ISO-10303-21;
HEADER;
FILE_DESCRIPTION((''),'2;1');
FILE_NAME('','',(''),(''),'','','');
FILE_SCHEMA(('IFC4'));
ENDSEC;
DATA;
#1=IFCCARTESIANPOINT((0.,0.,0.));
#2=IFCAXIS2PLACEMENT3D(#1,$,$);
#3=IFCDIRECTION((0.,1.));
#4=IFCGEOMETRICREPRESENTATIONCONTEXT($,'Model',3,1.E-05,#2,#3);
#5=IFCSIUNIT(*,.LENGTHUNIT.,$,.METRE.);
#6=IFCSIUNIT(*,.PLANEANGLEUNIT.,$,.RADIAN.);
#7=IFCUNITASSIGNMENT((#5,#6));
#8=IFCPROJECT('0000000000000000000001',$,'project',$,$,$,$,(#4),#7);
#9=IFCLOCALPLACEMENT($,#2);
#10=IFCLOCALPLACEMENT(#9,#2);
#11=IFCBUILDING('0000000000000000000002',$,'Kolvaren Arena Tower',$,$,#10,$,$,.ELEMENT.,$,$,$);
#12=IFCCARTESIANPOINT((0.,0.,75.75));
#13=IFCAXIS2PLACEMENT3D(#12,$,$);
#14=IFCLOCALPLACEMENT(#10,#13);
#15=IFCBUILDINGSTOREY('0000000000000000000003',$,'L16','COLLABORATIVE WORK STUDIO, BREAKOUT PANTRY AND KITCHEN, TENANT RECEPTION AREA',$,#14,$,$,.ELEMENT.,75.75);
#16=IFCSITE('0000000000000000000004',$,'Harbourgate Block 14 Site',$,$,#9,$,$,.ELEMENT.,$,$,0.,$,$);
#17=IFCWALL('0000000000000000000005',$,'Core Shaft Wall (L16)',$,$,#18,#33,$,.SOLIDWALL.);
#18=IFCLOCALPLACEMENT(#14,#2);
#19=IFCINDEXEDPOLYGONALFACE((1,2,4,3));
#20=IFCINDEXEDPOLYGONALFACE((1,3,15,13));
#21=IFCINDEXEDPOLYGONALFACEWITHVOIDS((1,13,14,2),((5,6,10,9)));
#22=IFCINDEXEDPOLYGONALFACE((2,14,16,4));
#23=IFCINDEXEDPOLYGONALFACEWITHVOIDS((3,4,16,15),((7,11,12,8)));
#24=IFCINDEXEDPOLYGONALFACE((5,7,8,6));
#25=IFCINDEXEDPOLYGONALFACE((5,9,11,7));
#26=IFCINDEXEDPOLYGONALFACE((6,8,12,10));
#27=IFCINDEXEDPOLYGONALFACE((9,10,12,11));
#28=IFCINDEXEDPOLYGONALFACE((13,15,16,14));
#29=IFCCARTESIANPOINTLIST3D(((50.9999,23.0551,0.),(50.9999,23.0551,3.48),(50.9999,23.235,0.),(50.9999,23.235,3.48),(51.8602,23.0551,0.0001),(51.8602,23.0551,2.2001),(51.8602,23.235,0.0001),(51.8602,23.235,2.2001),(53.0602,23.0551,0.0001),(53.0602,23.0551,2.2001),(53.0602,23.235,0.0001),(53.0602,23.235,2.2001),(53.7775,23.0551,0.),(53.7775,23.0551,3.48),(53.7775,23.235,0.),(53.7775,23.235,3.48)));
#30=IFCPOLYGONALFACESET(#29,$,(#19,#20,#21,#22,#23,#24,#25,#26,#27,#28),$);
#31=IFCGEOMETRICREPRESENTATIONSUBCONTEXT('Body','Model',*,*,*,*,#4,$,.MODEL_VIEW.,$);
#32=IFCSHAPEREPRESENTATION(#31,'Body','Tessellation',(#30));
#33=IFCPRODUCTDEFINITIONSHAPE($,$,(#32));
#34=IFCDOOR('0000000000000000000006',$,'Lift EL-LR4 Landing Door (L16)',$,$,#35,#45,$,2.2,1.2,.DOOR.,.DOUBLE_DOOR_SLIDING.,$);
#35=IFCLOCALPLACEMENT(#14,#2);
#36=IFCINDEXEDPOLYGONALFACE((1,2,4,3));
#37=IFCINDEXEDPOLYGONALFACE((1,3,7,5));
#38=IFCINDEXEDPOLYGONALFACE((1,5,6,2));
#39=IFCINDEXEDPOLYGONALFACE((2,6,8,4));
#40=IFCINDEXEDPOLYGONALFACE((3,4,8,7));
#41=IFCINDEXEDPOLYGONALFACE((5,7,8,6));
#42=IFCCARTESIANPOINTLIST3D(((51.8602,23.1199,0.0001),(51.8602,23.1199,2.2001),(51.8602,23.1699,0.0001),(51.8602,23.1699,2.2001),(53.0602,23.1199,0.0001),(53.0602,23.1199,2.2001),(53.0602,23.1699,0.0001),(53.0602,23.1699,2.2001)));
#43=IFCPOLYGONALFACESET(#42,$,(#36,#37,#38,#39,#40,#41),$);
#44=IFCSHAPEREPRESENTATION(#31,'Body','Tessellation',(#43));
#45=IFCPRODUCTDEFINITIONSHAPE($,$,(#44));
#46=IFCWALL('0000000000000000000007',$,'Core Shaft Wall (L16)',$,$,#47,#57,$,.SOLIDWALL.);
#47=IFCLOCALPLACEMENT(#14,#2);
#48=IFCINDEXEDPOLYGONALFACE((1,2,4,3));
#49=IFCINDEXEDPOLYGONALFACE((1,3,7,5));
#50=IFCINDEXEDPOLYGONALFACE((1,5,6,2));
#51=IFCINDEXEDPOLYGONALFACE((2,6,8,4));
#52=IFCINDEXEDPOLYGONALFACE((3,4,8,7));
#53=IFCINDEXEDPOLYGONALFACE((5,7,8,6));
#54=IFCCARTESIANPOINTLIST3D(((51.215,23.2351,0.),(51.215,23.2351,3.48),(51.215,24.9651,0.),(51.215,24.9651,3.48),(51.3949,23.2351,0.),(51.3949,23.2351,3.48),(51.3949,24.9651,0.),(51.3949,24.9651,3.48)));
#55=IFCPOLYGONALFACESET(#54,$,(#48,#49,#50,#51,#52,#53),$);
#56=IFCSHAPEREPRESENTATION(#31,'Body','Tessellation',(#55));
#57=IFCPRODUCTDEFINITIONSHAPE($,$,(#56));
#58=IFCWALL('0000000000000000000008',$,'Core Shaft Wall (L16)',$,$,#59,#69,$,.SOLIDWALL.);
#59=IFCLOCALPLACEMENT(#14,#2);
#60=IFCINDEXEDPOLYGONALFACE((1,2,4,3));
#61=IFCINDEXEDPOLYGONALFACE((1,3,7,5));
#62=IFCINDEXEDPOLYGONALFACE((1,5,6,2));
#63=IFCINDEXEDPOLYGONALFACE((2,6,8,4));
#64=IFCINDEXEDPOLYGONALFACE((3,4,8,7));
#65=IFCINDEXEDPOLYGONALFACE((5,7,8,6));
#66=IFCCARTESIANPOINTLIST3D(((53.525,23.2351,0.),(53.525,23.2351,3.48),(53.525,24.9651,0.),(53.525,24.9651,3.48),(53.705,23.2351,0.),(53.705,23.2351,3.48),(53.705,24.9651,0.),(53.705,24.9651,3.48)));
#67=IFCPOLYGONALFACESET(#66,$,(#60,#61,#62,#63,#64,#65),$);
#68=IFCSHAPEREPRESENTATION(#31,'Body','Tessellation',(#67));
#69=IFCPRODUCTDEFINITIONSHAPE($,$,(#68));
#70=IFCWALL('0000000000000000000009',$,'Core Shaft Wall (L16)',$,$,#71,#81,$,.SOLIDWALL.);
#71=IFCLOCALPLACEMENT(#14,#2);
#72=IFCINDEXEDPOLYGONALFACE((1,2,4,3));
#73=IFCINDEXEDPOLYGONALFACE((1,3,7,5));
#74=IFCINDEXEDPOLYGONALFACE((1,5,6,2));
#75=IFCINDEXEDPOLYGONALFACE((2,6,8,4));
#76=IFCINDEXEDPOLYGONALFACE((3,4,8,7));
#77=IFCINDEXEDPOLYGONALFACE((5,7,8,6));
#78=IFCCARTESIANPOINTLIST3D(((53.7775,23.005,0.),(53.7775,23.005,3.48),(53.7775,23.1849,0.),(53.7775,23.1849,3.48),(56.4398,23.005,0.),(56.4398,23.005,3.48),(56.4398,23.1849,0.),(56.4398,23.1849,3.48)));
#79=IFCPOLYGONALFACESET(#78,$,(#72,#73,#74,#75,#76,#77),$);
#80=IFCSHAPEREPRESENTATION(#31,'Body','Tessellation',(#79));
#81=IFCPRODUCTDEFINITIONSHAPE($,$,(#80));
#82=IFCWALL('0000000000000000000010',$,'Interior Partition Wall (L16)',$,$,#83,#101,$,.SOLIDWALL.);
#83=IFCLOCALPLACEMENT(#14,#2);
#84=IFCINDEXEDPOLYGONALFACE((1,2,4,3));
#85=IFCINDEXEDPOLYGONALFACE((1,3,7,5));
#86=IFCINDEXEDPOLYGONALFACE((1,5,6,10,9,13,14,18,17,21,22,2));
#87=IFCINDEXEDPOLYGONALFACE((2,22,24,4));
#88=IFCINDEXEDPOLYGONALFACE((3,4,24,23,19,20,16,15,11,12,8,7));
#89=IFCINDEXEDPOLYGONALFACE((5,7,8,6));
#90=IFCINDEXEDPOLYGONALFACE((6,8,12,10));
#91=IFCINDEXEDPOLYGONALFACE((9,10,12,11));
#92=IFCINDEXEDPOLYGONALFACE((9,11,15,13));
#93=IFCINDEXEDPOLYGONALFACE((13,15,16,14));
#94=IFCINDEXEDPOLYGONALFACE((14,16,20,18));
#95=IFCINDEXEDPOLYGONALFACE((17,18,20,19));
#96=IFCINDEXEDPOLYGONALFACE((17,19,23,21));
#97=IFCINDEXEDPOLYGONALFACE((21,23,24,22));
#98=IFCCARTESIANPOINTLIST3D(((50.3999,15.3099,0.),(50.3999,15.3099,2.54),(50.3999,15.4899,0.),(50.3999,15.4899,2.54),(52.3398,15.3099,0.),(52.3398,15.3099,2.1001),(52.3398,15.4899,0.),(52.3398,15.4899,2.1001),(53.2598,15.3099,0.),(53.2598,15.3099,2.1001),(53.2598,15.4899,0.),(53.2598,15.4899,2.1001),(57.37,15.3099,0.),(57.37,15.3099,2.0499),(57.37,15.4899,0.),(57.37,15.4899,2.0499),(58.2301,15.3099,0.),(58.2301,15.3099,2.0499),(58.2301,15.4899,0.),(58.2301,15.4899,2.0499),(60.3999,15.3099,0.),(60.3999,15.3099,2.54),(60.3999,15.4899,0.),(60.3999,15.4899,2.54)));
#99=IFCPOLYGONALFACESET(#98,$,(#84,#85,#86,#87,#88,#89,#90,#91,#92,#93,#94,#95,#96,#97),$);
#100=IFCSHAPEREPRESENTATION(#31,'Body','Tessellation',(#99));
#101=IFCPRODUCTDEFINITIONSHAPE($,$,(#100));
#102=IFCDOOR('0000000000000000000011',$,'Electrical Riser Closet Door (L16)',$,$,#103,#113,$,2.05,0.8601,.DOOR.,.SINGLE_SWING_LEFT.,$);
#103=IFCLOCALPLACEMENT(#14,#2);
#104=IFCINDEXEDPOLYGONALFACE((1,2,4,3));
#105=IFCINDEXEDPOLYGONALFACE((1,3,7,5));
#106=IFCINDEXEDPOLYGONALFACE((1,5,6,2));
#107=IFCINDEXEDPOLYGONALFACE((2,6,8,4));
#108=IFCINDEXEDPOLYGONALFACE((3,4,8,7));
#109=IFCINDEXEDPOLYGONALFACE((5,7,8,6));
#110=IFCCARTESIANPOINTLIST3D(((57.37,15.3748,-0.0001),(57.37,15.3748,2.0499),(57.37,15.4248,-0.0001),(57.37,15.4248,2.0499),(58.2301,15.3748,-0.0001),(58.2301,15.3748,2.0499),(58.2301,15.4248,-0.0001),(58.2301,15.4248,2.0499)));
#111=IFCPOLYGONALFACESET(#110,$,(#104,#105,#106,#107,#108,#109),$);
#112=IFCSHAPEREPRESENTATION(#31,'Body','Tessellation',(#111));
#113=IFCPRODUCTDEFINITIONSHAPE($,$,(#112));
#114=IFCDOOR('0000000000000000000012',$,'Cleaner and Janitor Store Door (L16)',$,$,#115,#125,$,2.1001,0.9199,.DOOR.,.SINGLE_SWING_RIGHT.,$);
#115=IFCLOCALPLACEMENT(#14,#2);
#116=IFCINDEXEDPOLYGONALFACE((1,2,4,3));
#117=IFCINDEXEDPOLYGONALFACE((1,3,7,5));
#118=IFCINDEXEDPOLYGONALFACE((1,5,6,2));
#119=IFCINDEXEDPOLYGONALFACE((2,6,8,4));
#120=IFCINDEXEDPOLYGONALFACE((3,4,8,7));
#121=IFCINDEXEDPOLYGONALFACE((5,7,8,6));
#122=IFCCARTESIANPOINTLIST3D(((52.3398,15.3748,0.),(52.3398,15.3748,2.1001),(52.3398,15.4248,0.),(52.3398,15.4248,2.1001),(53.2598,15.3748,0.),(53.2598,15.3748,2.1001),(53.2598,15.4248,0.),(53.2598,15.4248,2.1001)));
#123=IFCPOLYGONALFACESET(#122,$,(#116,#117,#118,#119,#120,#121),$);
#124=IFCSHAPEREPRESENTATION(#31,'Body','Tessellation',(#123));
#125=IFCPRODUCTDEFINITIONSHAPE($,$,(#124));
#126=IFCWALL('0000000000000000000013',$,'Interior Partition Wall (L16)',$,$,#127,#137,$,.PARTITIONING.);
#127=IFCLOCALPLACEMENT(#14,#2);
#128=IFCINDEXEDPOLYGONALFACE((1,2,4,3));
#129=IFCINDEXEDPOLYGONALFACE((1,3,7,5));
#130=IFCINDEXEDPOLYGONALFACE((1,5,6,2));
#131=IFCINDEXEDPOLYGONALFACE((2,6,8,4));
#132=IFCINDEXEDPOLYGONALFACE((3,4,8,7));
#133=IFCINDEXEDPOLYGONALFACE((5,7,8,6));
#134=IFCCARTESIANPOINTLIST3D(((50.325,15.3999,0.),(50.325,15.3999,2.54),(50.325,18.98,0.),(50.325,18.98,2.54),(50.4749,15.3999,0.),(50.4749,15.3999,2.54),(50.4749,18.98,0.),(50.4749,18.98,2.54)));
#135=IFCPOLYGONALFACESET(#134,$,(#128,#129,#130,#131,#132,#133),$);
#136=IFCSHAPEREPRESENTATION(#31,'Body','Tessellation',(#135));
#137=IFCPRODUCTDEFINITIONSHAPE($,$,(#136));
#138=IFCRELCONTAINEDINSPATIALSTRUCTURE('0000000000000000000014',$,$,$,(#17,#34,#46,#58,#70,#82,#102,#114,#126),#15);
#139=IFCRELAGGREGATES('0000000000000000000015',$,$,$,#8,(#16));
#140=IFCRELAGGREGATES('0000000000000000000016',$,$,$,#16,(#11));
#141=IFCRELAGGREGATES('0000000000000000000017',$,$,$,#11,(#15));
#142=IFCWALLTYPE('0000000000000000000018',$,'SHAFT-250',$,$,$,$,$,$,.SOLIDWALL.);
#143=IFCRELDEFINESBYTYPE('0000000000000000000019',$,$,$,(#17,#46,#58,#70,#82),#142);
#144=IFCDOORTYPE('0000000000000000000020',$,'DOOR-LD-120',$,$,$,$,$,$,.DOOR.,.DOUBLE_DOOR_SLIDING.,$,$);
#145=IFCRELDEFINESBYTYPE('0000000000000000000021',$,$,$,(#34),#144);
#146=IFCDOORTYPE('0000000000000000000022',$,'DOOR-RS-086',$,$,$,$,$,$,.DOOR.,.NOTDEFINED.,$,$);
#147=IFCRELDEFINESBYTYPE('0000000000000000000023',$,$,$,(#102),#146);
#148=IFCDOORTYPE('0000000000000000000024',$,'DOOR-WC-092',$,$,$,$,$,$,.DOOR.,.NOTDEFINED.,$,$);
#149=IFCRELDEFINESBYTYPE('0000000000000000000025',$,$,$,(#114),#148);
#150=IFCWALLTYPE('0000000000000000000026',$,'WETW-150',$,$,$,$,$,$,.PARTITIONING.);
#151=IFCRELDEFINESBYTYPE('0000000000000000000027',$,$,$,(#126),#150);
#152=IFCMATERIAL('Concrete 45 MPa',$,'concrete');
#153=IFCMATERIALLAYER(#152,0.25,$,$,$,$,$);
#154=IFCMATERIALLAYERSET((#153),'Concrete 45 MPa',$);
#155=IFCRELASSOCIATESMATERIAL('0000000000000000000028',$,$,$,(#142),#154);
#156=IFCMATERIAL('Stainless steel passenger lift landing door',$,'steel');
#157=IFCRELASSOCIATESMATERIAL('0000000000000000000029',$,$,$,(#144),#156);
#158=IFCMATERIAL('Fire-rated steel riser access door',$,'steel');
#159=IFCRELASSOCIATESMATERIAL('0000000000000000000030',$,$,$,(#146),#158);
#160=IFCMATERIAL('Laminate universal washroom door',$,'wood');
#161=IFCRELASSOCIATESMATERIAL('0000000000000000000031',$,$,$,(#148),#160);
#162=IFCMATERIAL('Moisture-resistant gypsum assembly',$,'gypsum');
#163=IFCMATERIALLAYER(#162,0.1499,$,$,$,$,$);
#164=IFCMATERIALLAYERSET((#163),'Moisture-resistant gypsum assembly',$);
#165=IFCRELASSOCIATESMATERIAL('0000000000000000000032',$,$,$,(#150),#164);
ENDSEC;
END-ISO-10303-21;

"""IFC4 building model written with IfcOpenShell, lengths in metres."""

from ifc_helpers import new_model, si_unit, direction, frame, frame_2d, origin, place, context, subcontext, project, spatial, rectangle, extrude, material, layer, layer_set, type_object, element, fill, save


model = new_model("IFC4")

# Units and contexts
model_context = context("Model", 3, precision=1e-05, world=origin(), true_north=direction((0.0, 1.0)))
body_context = subcontext(model_context, "Body", "Model", "MODEL_VIEW")
ifc_project = project(units=[si_unit("LENGTHUNIT", "METRE"), si_unit("PLANEANGLEUNIT", "RADIAN")], contexts=[model_context])

# Site, building, storey
site_placement = place(None, origin())
site = spatial("IfcSite", under=ifc_project, at=site_placement, Name="Harbourgate Block 14 Site", CompositionType="ELEMENT", RefElevation=0.0)
building_placement = place(site_placement, origin())
building = spatial("IfcBuilding", under=site, at=building_placement, Name="Kolvaren Arena Tower", CompositionType="ELEMENT")
storey_placement = place(building_placement, frame((0.0, 0.0, 75.75)))
storey = spatial("IfcBuildingStorey", under=building, at=storey_placement, Name="L16", Description="COLLABORATIVE WORK STUDIO, BREAKOUT PANTRY AND KITCHEN, TENANT RECEPTION AREA", CompositionType="ELEMENT", Elevation=75.75)

# Shared definitions
ifc_material_1 = material(Name="Concrete 45 MPa", Category="concrete")
ifc_layer_1 = layer(ifc_material_1, 0.25)
ifc_layer_set_1 = layer_set([ifc_layer_1], Name="Concrete 45 MPa")
wall_type_1 = type_object("IfcWallType", Name="SHAFT-250", PredefinedType="SOLIDWALL", material=ifc_layer_set_1)
ifc_material_2 = material(Name="Stainless steel passenger lift landing door", Category="steel")
door_type_1 = type_object("IfcDoorType", Name="DOOR-LD-120", OperationType="DOUBLE_DOOR_SLIDING", PredefinedType="DOOR", material=ifc_material_2)

# Wall, opening, door
wall_1_placement = place(storey_placement, frame((51.0, 23.145, 0.0), z_axis=(0.0, 0.0, 1.0), x_axis=(1.0, 0.0, 0.0)))
wall_1 = element("IfcWall", 1, at=wall_1_placement, inside=storey, type_object=wall_type_1, Name="Core Shaft Wall (L16)", PredefinedType="SOLIDWALL", context=body_context, shape_type="SweptSolid", body=[
    extrude(rectangle(XDim=2.7776, YDim=0.1799, at=frame_2d((1.3887, 0.0))), origin(), (0.0, 0.0, 1.0), 3.48),
])
opening_1_placement = place(wall_1_placement, frame((0.8601, 0.0, 0.0)))
opening_1 = element("IfcOpeningElement", 2, at=opening_1_placement, cuts=wall_1, PredefinedType="OPENING", context=body_context, shape_type="SweptSolid", body=[
    extrude(rectangle(XDim=1.2, YDim=2.2, at=frame_2d((0.6001, 1.1001))), frame((0.0, 0.0999, 0.0), z_axis=(0.0, -1.0, 0.0), x_axis=(1.0, 0.0, 0.0)), (0.0, 0.0, 1.0), 0.2),
])
door_1_placement = place(opening_1_placement, origin())
door_1 = element("IfcDoor", 3, at=door_1_placement, inside=storey, type_object=door_type_1, Name="Lift EL-LR4 Landing Door (L16)", OperationType="DOUBLE_DOOR_SLIDING", OverallHeight=2.2, OverallWidth=1.2, PredefinedType="DOOR", context=body_context, shape_type="SweptSolid", body=[
    extrude(rectangle(XDim=1.2, YDim=2.2, at=frame_2d((0.6001, 1.1001))), frame((0.0, 0.0249, 0.0), z_axis=(0.0, -1.0, 0.0), x_axis=(1.0, 0.0, 0.0)), (0.0, 0.0, 1.0), 0.05),
])
fill(opening_1, door_1)

# Walls
for number, where, z_axis, x_axis, name in (
    (4, (51.3049, 23.2351, 0.0), (0.0, 0.0, 1.0), (0.0, 1.0, 0.0), "Core Shaft Wall (L16)"),
    (5, (53.615, 23.2351, 0.0), (0.0, 0.0, 1.0), (0.0, 1.0, 0.0), "Core Shaft Wall (L16)"),
):
    element("IfcWall", number, at=place(storey_placement, frame(where, z_axis=z_axis, x_axis=x_axis)), inside=storey, type_object=wall_type_1, Name=name, PredefinedType="SOLIDWALL", context=body_context, shape_type="SweptSolid", body=[
        extrude(rectangle(XDim=1.73, YDim=0.1799, at=frame_2d((0.865, 0.0))), origin(), (0.0, 0.0, 1.0), 3.48),
    ])
wall_2_placement = place(storey_placement, frame((53.7776, 23.095, 0.0), z_axis=(0.0, 0.0, 1.0), x_axis=(1.0, 0.0, 0.0)))
element("IfcWall", 6, at=wall_2_placement, inside=storey, type_object=wall_type_1, Name="Core Shaft Wall (L16)", PredefinedType="SOLIDWALL", context=body_context, shape_type="SweptSolid", body=[
    extrude(rectangle(XDim=2.6624, YDim=0.1799, at=frame_2d((1.3311, 0.0))), origin(), (0.0, 0.0, 1.0), 3.48),
])

# Wall, openings, doors
wall_3_placement = place(storey_placement, frame((50.3999, 15.3999, 0.0), z_axis=(0.0, 0.0, 1.0), x_axis=(1.0, 0.0, 0.0)))
wall_3 = element("IfcWall", 7, at=wall_3_placement, inside=storey, type_object=wall_type_1, Name="Interior Partition Wall (L16)", PredefinedType="SOLIDWALL", context=body_context, shape_type="SweptSolid", body=[
    extrude(rectangle(XDim=10.0, YDim=0.1799, at=frame_2d((5.0, 0.0))), origin(), (0.0, 0.0, 1.0), 2.54),
])
opening_2_placement = place(wall_3_placement, frame((1.9399, 0.0, 0.0)))
opening_2 = element("IfcOpeningElement", 8, at=opening_2_placement, cuts=wall_3, PredefinedType="OPENING", context=body_context, shape_type="SweptSolid", body=[
    extrude(rectangle(XDim=0.9199, YDim=2.1001, at=frame_2d((0.46, 1.05))), frame((0.0, 0.0999, 0.0), z_axis=(0.0, -1.0, 0.0), x_axis=(1.0, 0.0, 0.0)), (0.0, 0.0, 1.0), 0.2),
])
opening_3_placement = place(wall_3_placement, frame((6.97, 0.0, 0.0)))
opening_3 = element("IfcOpeningElement", 9, at=opening_3_placement, cuts=wall_3, PredefinedType="OPENING", context=body_context, shape_type="SweptSolid", body=[
    extrude(rectangle(XDim=0.8601, YDim=2.05, at=frame_2d((0.4302, 1.0249))), frame((0.0, 0.0999, 0.0), z_axis=(0.0, -1.0, 0.0), x_axis=(1.0, 0.0, 0.0)), (0.0, 0.0, 1.0), 0.2),
])
ifc_material_3 = material(Name="Fire-rated steel riser access door", Category="steel")
door_type_2 = type_object("IfcDoorType", Name="DOOR-RS-086", OperationType="NOTDEFINED", PredefinedType="DOOR", material=ifc_material_3)
door_2_placement = place(opening_3_placement, origin())
door_2 = element("IfcDoor", 10, at=door_2_placement, inside=storey, type_object=door_type_2, Name="Electrical Riser Closet Door (L16)", OperationType="SINGLE_SWING_LEFT", OverallHeight=2.05, OverallWidth=0.8601, PredefinedType="DOOR", context=body_context, shape_type="SweptSolid", body=[
    extrude(rectangle(XDim=0.8601, YDim=2.05, at=frame_2d((0.4302, 1.0249))), frame((0.0, 0.0249, 0.0), z_axis=(0.0, -1.0, 0.0), x_axis=(1.0, 0.0, 0.0)), (0.0, 0.0, 1.0), 0.05),
])
fill(opening_3, door_2)
ifc_material_4 = material(Name="Laminate universal washroom door", Category="wood")
door_type_3 = type_object("IfcDoorType", Name="DOOR-WC-092", OperationType="NOTDEFINED", PredefinedType="DOOR", material=ifc_material_4)
door_3_placement = place(opening_2_placement, origin())
door_3 = element("IfcDoor", 11, at=door_3_placement, inside=storey, type_object=door_type_3, Name="Cleaner and Janitor Store Door (L16)", OperationType="SINGLE_SWING_RIGHT", OverallHeight=2.1001, OverallWidth=0.9199, PredefinedType="DOOR", context=body_context, shape_type="SweptSolid", body=[
    extrude(rectangle(XDim=0.9199, YDim=2.1001, at=frame_2d((0.46, 1.05))), frame((0.0, 0.0249, 0.0), z_axis=(0.0, -1.0, 0.0), x_axis=(1.0, 0.0, 0.0)), (0.0, 0.0, 1.0), 0.05),
])
fill(opening_2, door_3)

# Wall
ifc_material_5 = material(Name="Moisture-resistant gypsum assembly", Category="gypsum")
ifc_layer_2 = layer(ifc_material_5, 0.1499)
ifc_layer_set_2 = layer_set([ifc_layer_2], Name="Moisture-resistant gypsum assembly")
wall_type_2 = type_object("IfcWallType", Name="WETW-150", PredefinedType="PARTITIONING", material=ifc_layer_set_2)
wall_4_placement = place(storey_placement, frame((50.3999, 15.3999, 0.0), z_axis=(0.0, 0.0, 1.0), x_axis=(0.0, 1.0, 0.0)))
element("IfcWall", 12, at=wall_4_placement, inside=storey, type_object=wall_type_2, Name="Interior Partition Wall (L16)", PredefinedType="PARTITIONING", context=body_context, shape_type="SweptSolid", body=[
    extrude(rectangle(XDim=3.5801, YDim=0.1499, at=frame_2d((1.79, 0.0))), origin(), (0.0, 0.0, 1.0), 2.54),
])

save(model, "model.ifc")
